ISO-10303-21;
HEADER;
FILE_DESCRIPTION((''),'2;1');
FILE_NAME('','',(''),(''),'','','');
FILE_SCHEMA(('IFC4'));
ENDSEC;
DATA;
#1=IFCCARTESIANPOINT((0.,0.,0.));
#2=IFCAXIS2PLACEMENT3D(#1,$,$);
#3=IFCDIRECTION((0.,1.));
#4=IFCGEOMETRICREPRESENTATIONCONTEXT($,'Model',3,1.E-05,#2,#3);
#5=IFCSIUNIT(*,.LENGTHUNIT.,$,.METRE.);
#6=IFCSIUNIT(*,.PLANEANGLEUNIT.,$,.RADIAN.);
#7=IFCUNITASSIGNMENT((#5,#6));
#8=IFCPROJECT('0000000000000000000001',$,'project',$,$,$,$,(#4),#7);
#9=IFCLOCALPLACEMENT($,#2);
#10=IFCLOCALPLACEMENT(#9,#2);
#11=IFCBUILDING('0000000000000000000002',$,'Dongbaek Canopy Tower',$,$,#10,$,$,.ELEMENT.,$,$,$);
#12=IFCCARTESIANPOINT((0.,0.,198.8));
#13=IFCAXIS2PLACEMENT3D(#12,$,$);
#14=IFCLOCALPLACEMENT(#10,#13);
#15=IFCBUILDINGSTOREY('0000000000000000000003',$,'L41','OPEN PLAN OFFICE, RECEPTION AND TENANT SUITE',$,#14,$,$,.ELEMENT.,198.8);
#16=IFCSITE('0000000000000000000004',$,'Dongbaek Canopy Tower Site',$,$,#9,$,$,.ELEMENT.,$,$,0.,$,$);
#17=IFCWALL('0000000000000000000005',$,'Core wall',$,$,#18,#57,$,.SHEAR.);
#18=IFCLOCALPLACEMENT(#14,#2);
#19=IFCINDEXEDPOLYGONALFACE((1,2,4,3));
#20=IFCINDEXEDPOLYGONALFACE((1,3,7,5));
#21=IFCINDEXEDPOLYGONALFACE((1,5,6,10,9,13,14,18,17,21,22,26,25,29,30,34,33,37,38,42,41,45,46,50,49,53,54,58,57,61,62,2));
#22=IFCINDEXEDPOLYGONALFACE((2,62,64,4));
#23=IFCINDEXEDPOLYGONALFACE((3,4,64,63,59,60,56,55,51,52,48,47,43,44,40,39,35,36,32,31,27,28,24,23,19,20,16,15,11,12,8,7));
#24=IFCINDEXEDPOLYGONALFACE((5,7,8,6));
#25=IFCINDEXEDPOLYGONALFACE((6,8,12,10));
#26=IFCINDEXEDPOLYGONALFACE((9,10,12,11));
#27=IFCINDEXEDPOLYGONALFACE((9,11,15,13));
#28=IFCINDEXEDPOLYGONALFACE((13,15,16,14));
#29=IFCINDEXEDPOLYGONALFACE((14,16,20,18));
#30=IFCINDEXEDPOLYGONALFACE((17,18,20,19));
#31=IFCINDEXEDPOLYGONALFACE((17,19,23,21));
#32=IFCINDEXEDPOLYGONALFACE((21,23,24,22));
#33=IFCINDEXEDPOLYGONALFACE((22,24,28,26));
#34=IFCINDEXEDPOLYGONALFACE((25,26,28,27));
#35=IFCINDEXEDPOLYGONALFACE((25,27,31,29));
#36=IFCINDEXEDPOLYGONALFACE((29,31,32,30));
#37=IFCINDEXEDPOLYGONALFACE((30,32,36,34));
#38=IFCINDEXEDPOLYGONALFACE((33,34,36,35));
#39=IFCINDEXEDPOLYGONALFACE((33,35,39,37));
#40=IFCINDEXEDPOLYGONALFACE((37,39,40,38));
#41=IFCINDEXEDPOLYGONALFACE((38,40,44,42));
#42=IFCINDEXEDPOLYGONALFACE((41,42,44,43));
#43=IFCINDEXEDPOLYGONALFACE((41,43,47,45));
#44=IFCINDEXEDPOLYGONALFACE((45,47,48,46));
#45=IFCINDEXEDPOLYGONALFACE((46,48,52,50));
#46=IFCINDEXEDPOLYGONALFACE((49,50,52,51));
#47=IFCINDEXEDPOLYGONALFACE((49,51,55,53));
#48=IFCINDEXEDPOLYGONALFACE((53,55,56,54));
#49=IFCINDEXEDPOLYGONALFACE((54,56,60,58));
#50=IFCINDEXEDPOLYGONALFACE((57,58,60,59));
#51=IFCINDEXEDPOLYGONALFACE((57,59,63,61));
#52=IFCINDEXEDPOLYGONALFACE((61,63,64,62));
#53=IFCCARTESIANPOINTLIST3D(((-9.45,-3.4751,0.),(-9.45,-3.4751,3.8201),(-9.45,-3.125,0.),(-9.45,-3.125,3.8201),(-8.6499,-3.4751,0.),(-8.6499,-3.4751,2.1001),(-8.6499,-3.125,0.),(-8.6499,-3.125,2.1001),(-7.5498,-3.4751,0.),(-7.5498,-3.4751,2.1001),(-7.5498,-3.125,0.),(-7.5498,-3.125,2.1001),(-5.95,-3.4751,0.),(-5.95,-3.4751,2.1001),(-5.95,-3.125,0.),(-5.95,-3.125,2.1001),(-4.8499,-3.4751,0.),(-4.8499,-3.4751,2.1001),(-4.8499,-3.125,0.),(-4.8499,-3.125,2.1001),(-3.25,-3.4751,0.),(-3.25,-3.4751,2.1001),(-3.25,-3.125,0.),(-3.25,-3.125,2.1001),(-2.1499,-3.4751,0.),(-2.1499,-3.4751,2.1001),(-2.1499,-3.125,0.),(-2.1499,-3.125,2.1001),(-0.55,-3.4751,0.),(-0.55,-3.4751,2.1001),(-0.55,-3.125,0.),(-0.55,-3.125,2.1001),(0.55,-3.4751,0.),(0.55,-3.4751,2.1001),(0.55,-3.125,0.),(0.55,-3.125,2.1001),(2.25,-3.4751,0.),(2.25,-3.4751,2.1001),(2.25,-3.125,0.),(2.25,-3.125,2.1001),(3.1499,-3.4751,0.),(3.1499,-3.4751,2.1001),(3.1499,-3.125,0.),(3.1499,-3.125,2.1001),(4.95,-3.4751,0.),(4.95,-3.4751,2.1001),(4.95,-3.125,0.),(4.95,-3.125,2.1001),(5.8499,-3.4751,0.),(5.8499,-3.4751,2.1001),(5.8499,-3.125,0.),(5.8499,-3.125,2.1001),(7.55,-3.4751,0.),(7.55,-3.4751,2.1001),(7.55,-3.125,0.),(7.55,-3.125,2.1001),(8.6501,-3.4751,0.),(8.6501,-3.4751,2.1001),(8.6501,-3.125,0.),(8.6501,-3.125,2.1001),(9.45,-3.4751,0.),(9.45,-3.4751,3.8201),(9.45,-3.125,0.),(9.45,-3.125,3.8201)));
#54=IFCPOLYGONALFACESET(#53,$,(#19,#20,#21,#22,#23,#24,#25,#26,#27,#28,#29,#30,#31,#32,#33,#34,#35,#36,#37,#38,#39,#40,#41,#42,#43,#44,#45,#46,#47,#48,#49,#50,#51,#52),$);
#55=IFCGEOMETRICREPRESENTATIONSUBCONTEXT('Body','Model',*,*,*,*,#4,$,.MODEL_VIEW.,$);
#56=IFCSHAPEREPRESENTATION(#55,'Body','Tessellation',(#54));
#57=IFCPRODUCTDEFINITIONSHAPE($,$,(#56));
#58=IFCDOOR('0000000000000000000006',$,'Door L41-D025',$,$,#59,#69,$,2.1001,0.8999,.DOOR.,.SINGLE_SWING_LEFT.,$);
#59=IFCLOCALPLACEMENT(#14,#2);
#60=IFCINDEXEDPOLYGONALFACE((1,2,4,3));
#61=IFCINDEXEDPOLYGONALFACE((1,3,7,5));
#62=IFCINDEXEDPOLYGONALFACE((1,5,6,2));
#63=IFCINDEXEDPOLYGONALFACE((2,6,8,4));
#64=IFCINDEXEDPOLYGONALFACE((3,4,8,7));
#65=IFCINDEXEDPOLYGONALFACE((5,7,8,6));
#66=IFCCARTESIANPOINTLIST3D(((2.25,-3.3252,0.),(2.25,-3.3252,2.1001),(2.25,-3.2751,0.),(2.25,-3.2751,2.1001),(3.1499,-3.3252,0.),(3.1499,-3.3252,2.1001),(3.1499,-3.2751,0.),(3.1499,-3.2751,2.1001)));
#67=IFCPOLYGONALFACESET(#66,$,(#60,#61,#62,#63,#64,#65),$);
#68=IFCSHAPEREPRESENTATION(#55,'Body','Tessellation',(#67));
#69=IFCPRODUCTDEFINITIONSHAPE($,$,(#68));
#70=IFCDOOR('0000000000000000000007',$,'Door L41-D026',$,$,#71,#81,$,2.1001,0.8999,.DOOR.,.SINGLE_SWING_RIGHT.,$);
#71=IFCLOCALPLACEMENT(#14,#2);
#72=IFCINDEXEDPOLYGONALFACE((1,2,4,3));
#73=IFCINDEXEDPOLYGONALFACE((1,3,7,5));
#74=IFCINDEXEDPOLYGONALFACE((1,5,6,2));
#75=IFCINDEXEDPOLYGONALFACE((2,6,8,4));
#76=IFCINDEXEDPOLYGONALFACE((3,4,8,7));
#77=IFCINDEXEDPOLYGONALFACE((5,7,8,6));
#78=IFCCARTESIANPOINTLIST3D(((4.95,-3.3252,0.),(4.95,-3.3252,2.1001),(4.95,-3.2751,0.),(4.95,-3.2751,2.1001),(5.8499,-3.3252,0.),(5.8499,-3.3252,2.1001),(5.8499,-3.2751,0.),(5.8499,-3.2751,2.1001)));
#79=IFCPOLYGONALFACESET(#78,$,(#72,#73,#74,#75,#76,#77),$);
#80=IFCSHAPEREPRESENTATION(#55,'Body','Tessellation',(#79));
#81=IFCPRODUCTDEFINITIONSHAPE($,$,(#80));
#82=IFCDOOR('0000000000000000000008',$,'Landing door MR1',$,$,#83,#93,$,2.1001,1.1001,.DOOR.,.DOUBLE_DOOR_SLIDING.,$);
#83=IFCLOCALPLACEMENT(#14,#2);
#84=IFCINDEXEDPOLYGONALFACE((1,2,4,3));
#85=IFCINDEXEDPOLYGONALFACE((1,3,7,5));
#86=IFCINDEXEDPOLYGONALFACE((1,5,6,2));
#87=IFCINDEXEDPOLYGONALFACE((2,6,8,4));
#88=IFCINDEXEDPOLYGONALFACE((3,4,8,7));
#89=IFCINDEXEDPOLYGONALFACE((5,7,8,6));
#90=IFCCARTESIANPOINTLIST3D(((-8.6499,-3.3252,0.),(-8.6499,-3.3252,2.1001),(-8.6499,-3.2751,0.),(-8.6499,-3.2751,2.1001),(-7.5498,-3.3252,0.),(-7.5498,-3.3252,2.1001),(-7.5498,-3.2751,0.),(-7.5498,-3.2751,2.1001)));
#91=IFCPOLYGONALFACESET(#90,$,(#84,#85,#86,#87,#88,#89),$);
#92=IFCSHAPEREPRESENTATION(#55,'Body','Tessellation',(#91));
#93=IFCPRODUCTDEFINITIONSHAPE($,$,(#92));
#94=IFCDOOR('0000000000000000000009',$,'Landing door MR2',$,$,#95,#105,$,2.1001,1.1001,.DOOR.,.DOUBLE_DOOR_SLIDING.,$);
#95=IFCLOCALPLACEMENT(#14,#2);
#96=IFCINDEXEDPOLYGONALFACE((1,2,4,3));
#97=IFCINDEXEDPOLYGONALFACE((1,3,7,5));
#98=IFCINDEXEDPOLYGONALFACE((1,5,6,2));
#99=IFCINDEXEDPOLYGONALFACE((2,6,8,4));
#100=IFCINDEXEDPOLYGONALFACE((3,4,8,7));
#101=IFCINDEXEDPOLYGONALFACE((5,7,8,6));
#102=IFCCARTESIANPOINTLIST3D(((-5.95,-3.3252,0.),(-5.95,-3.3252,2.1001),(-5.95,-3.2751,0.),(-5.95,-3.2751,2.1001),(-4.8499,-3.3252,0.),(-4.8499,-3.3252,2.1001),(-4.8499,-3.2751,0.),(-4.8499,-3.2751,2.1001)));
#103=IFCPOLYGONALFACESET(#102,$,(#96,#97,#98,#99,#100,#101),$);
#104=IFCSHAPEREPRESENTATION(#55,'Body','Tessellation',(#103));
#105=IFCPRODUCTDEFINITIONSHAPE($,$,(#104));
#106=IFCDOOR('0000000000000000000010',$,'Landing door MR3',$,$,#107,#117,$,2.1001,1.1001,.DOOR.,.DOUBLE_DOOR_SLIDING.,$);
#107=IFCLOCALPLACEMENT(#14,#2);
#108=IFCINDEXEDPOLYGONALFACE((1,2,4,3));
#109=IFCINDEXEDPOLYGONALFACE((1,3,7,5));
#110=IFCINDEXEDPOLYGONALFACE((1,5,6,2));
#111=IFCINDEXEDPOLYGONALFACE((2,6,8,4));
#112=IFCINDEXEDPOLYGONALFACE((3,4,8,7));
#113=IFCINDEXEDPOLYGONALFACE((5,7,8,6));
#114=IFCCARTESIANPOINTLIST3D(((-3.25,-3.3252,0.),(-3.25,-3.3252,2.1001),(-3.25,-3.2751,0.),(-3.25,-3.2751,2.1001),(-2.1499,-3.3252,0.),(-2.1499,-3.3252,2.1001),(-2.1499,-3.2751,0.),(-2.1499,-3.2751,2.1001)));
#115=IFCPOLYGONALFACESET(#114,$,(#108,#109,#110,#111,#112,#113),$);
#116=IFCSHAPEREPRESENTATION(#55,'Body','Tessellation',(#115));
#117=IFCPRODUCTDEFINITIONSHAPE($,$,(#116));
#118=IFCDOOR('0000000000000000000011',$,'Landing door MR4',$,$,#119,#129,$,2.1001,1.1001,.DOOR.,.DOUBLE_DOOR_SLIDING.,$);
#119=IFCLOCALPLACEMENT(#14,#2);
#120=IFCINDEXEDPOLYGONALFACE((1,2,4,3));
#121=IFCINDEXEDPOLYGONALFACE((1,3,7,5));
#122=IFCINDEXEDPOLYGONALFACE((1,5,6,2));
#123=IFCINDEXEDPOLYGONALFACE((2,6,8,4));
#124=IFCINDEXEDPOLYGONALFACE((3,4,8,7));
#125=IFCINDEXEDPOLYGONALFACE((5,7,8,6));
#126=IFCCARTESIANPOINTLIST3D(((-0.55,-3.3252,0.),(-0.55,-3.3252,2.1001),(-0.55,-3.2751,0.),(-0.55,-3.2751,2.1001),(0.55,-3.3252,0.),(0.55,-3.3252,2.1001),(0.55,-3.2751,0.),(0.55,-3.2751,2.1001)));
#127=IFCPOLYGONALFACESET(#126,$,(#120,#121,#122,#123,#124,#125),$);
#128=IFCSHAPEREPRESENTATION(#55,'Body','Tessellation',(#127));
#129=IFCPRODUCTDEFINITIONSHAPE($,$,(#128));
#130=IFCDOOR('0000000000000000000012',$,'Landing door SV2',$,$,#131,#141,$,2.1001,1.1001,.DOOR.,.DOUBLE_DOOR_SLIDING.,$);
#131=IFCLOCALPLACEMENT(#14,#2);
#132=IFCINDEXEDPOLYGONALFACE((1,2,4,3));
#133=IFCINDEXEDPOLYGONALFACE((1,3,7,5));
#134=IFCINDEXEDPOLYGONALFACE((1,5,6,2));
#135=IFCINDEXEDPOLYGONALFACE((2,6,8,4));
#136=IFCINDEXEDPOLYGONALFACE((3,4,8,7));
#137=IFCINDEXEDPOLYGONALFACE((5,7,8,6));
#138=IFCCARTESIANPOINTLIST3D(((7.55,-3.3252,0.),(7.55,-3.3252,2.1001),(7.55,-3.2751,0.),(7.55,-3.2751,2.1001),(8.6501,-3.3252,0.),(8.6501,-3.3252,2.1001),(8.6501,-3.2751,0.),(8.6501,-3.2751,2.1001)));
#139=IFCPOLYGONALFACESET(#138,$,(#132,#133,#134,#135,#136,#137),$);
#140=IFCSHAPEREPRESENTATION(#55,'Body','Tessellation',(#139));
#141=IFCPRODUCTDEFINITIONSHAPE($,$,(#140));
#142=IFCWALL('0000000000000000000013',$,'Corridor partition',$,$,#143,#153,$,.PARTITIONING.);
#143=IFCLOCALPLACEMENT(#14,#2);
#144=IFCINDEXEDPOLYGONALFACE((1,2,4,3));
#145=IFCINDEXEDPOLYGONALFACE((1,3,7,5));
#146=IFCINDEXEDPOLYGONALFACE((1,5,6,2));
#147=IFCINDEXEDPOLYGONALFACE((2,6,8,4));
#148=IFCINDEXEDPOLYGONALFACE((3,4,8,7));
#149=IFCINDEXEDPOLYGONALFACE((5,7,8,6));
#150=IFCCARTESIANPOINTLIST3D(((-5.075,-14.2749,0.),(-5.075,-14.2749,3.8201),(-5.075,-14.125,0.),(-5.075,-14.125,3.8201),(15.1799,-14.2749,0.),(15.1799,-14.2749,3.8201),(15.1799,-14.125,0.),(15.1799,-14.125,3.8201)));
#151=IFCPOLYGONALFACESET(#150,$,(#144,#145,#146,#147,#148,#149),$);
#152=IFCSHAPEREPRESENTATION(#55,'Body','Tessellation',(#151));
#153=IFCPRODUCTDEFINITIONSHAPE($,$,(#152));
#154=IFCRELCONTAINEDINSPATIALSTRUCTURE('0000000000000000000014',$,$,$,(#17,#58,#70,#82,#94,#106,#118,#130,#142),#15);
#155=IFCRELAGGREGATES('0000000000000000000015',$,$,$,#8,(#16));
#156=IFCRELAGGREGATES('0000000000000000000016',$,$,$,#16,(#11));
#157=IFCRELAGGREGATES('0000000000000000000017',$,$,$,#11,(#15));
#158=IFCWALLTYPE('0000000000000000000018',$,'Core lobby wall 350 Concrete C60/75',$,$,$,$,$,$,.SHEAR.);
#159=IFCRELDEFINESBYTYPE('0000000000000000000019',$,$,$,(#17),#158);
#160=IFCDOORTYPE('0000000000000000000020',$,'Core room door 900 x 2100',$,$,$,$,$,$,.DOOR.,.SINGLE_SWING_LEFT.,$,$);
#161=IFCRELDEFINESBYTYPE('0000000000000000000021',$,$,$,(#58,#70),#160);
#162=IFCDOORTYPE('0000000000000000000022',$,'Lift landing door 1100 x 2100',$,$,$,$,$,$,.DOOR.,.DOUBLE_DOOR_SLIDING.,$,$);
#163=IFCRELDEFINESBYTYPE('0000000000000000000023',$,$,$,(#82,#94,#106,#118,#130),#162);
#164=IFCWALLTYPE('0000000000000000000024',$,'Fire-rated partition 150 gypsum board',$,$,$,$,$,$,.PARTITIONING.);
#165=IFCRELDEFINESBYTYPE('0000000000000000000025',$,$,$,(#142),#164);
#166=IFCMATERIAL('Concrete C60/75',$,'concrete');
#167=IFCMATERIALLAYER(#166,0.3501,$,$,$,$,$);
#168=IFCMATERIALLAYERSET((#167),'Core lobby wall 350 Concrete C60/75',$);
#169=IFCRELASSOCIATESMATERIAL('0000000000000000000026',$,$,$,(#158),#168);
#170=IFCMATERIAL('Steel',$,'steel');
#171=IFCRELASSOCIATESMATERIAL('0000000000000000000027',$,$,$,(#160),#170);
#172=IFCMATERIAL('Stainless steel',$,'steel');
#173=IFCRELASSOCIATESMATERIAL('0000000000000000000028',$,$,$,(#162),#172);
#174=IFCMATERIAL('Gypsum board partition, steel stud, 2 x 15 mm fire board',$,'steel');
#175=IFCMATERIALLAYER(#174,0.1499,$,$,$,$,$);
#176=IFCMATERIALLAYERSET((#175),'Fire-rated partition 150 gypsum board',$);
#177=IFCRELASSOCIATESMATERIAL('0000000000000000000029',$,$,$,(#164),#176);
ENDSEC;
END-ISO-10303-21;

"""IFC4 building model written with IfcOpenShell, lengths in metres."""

from ifc_helpers import new_model, si_unit, direction, frame, frame_2d, origin, place, context, subcontext, project, spatial, rectangle, extrude, material, layer, layer_set, type_object, element, fill, save


model = new_model("IFC4")

# Units and contexts
model_context = context("Model", 3, precision=1e-05, world=origin(), true_north=direction((0.0, 1.0)))
body_context = subcontext(model_context, "Body", "Model", "MODEL_VIEW")
ifc_project = project(units=[si_unit("LENGTHUNIT", "METRE"), si_unit("PLANEANGLEUNIT", "RADIAN")], contexts=[model_context])

# Site, building, storey
site_placement = place(None, origin())
site = spatial("IfcSite", under=ifc_project, at=site_placement, Name="Dongbaek Canopy Tower Site", CompositionType="ELEMENT", RefElevation=0.0)
building_placement = place(site_placement, origin())
building = spatial("IfcBuilding", under=site, at=building_placement, Name="Dongbaek Canopy Tower", CompositionType="ELEMENT")
storey_placement = place(building_placement, frame((0.0, 0.0, 198.8)))
storey = spatial("IfcBuildingStorey", under=building, at=storey_placement, Name="L41", Description="OPEN PLAN OFFICE, RECEPTION AND TENANT SUITE", CompositionType="ELEMENT", Elevation=198.8)

# Wall, openings, doors
ifc_material_1 = material(Name="Concrete C60/75", Category="concrete")
ifc_layer_1 = layer(ifc_material_1, 0.3501)
ifc_layer_set_1 = layer_set([ifc_layer_1], Name="Core lobby wall 350 Concrete C60/75")
wall_type_1 = type_object("IfcWallType", Name="Core lobby wall 350 Concrete C60/75", PredefinedType="SHEAR", material=ifc_layer_set_1)
wall_1_placement = place(storey_placement, frame((-9.45, -3.3, 0.0), z_axis=(0.0, 0.0, 1.0), x_axis=(1.0, 0.0, 0.0)))
wall_1 = element("IfcWall", 1, at=wall_1_placement, inside=storey, type_object=wall_type_1, Name="Core wall", PredefinedType="SHEAR", context=body_context, shape_type="SweptSolid", body=[
    extrude(rectangle(XDim=18.8999, YDim=0.3501, at=frame_2d((9.45, 0.0))), origin(), (0.0, 0.0, 1.0), 3.8201),
])
opening_1_placement = place(wall_1_placement, frame((0.8, 0.0, 0.0)))
opening_1 = element("IfcOpeningElement", 2, at=opening_1_placement, cuts=wall_1, PredefinedType="OPENING", context=body_context, shape_type="SweptSolid", body=[
    extrude(rectangle(XDim=1.1001, YDim=2.1001, at=frame_2d((0.55, 1.05))), frame((0.0, 0.1851, 0.0), z_axis=(0.0, -1.0, 0.0), x_axis=(1.0, 0.0, 0.0)), (0.0, 0.0, 1.0), 0.3701),
])
opening_2_placement = place(wall_1_placement, frame((3.5, 0.0, 0.0)))
opening_2 = element("IfcOpeningElement", 3, at=opening_2_placement, cuts=wall_1, PredefinedType="OPENING", context=body_context, shape_type="SweptSolid", body=[
    extrude(rectangle(XDim=1.1001, YDim=2.1001, at=frame_2d((0.55, 1.05))), frame((0.0, 0.1851, 0.0), z_axis=(0.0, -1.0, 0.0), x_axis=(1.0, 0.0, 0.0)), (0.0, 0.0, 1.0), 0.3701),
])
opening_3_placement = place(wall_1_placement, frame((6.2, 0.0, 0.0)))
opening_3 = element("IfcOpeningElement", 4, at=opening_3_placement, cuts=wall_1, PredefinedType="OPENING", context=body_context, shape_type="SweptSolid", body=[
    extrude(rectangle(XDim=1.1001, YDim=2.1001, at=frame_2d((0.55, 1.05))), frame((0.0, 0.1851, 0.0), z_axis=(0.0, -1.0, 0.0), x_axis=(1.0, 0.0, 0.0)), (0.0, 0.0, 1.0), 0.3701),
])
opening_4_placement = place(wall_1_placement, frame((8.8999, 0.0, 0.0)))
opening_4 = element("IfcOpeningElement", 5, at=opening_4_placement, cuts=wall_1, PredefinedType="OPENING", context=body_context, shape_type="SweptSolid", body=[
    extrude(rectangle(XDim=1.1001, YDim=2.1001, at=frame_2d((0.55, 1.05))), frame((0.0, 0.1851, 0.0), z_axis=(0.0, -1.0, 0.0), x_axis=(1.0, 0.0, 0.0)), (0.0, 0.0, 1.0), 0.3701),
])
opening_5_placement = place(wall_1_placement, frame((17.0, 0.0, 0.0)))
opening_5 = element("IfcOpeningElement", 6, at=opening_5_placement, cuts=wall_1, PredefinedType="OPENING", context=body_context, shape_type="SweptSolid", body=[
    extrude(rectangle(XDim=1.1001, YDim=2.1001, at=frame_2d((0.55, 1.05))), frame((0.0, 0.1851, 0.0), z_axis=(0.0, -1.0, 0.0), x_axis=(1.0, 0.0, 0.0)), (0.0, 0.0, 1.0), 0.3701),
])
opening_6_placement = place(wall_1_placement, frame((11.7, 0.0, 0.0)))
opening_6 = element("IfcOpeningElement", 7, at=opening_6_placement, cuts=wall_1, PredefinedType="OPENING", context=body_context, shape_type="SweptSolid", body=[
    extrude(rectangle(XDim=0.8999, YDim=2.1001, at=frame_2d((0.45, 1.05))), frame((0.0, 0.1851, 0.0), z_axis=(0.0, -1.0, 0.0), x_axis=(1.0, 0.0, 0.0)), (0.0, 0.0, 1.0), 0.3701),
])
opening_7_placement = place(wall_1_placement, frame((14.3999, 0.0, 0.0)))
opening_7 = element("IfcOpeningElement", 8, at=opening_7_placement, cuts=wall_1, PredefinedType="OPENING", context=body_context, shape_type="SweptSolid", body=[
    extrude(rectangle(XDim=0.8999, YDim=2.1001, at=frame_2d((0.45, 1.05))), frame((0.0, 0.1851, 0.0), z_axis=(0.0, -1.0, 0.0), x_axis=(1.0, 0.0, 0.0)), (0.0, 0.0, 1.0), 0.3701),
])
ifc_material_2 = material(Name="Steel", Category="steel")
door_type_1 = type_object("IfcDoorType", Name="Core room door 900 x 2100", OperationType="SINGLE_SWING_LEFT", PredefinedType="DOOR", material=ifc_material_2)
door_1_placement = place(opening_6_placement, origin())
door_1 = element("IfcDoor", 9, at=door_1_placement, inside=storey, type_object=door_type_1, Name="Door L41-D025", OperationType="SINGLE_SWING_LEFT", OverallHeight=2.1001, OverallWidth=0.8999, PredefinedType="DOOR", context=body_context, shape_type="SweptSolid", body=[
    extrude(rectangle(XDim=0.8999, YDim=2.1001, at=frame_2d((0.45, 1.05))), frame((0.0, 0.0249, 0.0), z_axis=(0.0, -1.0, 0.0), x_axis=(1.0, 0.0, 0.0)), (0.0, 0.0, 1.0), 0.05),
])
fill(opening_6, door_1)
door_2_placement = place(opening_7_placement, origin())
door_2 = element("IfcDoor", 10, at=door_2_placement, inside=storey, type_object=door_type_1, Name="Door L41-D026", OperationType="SINGLE_SWING_RIGHT", OverallHeight=2.1001, OverallWidth=0.8999, PredefinedType="DOOR", context=body_context, shape_type="SweptSolid", body=[
    extrude(rectangle(XDim=0.8999, YDim=2.1001, at=frame_2d((0.45, 1.05))), frame((0.0, 0.0249, 0.0), z_axis=(0.0, -1.0, 0.0), x_axis=(1.0, 0.0, 0.0)), (0.0, 0.0, 1.0), 0.05),
])
fill(opening_7, door_2)
ifc_material_3 = material(Name="Stainless steel", Category="steel")
door_type_2 = type_object("IfcDoorType", Name="Lift landing door 1100 x 2100", OperationType="DOUBLE_DOOR_SLIDING", PredefinedType="DOOR", material=ifc_material_3)
door_3_placement = place(opening_1_placement, origin())
door_3 = element("IfcDoor", 11, at=door_3_placement, inside=storey, type_object=door_type_2, Name="Landing door MR1", OperationType="DOUBLE_DOOR_SLIDING", OverallHeight=2.1001, OverallWidth=1.1001, PredefinedType="DOOR", context=body_context, shape_type="SweptSolid", body=[
    extrude(rectangle(XDim=1.1001, YDim=2.1001, at=frame_2d((0.55, 1.05))), frame((0.0, 0.0249, 0.0), z_axis=(0.0, -1.0, 0.0), x_axis=(1.0, 0.0, 0.0)), (0.0, 0.0, 1.0), 0.05),
])
fill(opening_1, door_3)
door_4_placement = place(opening_2_placement, origin())
door_4 = element("IfcDoor", 12, at=door_4_placement, inside=storey, type_object=door_type_2, Name="Landing door MR2", OperationType="DOUBLE_DOOR_SLIDING", OverallHeight=2.1001, OverallWidth=1.1001, PredefinedType="DOOR", context=body_context, shape_type="SweptSolid", body=[
    extrude(rectangle(XDim=1.1001, YDim=2.1001, at=frame_2d((0.55, 1.05))), frame((0.0, 0.0249, 0.0), z_axis=(0.0, -1.0, 0.0), x_axis=(1.0, 0.0, 0.0)), (0.0, 0.0, 1.0), 0.05),
])
fill(opening_2, door_4)
door_5_placement = place(opening_3_placement, origin())
door_5 = element("IfcDoor", 13, at=door_5_placement, inside=storey, type_object=door_type_2, Name="Landing door MR3", OperationType="DOUBLE_DOOR_SLIDING", OverallHeight=2.1001, OverallWidth=1.1001, PredefinedType="DOOR", context=body_context, shape_type="SweptSolid", body=[
    extrude(rectangle(XDim=1.1001, YDim=2.1001, at=frame_2d((0.55, 1.05))), frame((0.0, 0.0249, 0.0), z_axis=(0.0, -1.0, 0.0), x_axis=(1.0, 0.0, 0.0)), (0.0, 0.0, 1.0), 0.05),
])
fill(opening_3, door_5)
door_6_placement = place(opening_4_placement, origin())
door_6 = element("IfcDoor", 14, at=door_6_placement, inside=storey, type_object=door_type_2, Name="Landing door MR4", OperationType="DOUBLE_DOOR_SLIDING", OverallHeight=2.1001, OverallWidth=1.1001, PredefinedType="DOOR", context=body_context, shape_type="SweptSolid", body=[
    extrude(rectangle(XDim=1.1001, YDim=2.1001, at=frame_2d((0.55, 1.05))), frame((0.0, 0.0249, 0.0), z_axis=(0.0, -1.0, 0.0), x_axis=(1.0, 0.0, 0.0)), (0.0, 0.0, 1.0), 0.05),
])
fill(opening_4, door_6)
door_7_placement = place(opening_5_placement, origin())
door_7 = element("IfcDoor", 15, at=door_7_placement, inside=storey, type_object=door_type_2, Name="Landing door SV2", OperationType="DOUBLE_DOOR_SLIDING", OverallHeight=2.1001, OverallWidth=1.1001, PredefinedType="DOOR", context=body_context, shape_type="SweptSolid", body=[
    extrude(rectangle(XDim=1.1001, YDim=2.1001, at=frame_2d((0.55, 1.05))), frame((0.0, 0.0249, 0.0), z_axis=(0.0, -1.0, 0.0), x_axis=(1.0, 0.0, 0.0)), (0.0, 0.0, 1.0), 0.05),
])
fill(opening_5, door_7)

# Wall
ifc_material_4 = material(Name="Gypsum board partition, steel stud, 2 x 15 mm fire board", Category="steel")
ifc_layer_2 = layer(ifc_material_4, 0.1499)
ifc_layer_set_2 = layer_set([ifc_layer_2], Name="Fire-rated partition 150 gypsum board")
wall_type_2 = type_object("IfcWallType", Name="Fire-rated partition 150 gypsum board", PredefinedType="PARTITIONING", material=ifc_layer_set_2)
wall_2_placement = place(storey_placement, frame((-5.075, -14.2, 0.0), z_axis=(0.0, 0.0, 1.0), x_axis=(1.0, 0.0, 0.0)))
element("IfcWall", 16, at=wall_2_placement, inside=storey, type_object=wall_type_2, Name="Corridor partition", PredefinedType="PARTITIONING", context=body_context, shape_type="SweptSolid", body=[
    extrude(rectangle(XDim=20.2549, YDim=0.1499, at=frame_2d((10.1274, 0.0))), origin(), (0.0, 0.0, 1.0), 3.8201),
])

save(model, "model.ifc")
